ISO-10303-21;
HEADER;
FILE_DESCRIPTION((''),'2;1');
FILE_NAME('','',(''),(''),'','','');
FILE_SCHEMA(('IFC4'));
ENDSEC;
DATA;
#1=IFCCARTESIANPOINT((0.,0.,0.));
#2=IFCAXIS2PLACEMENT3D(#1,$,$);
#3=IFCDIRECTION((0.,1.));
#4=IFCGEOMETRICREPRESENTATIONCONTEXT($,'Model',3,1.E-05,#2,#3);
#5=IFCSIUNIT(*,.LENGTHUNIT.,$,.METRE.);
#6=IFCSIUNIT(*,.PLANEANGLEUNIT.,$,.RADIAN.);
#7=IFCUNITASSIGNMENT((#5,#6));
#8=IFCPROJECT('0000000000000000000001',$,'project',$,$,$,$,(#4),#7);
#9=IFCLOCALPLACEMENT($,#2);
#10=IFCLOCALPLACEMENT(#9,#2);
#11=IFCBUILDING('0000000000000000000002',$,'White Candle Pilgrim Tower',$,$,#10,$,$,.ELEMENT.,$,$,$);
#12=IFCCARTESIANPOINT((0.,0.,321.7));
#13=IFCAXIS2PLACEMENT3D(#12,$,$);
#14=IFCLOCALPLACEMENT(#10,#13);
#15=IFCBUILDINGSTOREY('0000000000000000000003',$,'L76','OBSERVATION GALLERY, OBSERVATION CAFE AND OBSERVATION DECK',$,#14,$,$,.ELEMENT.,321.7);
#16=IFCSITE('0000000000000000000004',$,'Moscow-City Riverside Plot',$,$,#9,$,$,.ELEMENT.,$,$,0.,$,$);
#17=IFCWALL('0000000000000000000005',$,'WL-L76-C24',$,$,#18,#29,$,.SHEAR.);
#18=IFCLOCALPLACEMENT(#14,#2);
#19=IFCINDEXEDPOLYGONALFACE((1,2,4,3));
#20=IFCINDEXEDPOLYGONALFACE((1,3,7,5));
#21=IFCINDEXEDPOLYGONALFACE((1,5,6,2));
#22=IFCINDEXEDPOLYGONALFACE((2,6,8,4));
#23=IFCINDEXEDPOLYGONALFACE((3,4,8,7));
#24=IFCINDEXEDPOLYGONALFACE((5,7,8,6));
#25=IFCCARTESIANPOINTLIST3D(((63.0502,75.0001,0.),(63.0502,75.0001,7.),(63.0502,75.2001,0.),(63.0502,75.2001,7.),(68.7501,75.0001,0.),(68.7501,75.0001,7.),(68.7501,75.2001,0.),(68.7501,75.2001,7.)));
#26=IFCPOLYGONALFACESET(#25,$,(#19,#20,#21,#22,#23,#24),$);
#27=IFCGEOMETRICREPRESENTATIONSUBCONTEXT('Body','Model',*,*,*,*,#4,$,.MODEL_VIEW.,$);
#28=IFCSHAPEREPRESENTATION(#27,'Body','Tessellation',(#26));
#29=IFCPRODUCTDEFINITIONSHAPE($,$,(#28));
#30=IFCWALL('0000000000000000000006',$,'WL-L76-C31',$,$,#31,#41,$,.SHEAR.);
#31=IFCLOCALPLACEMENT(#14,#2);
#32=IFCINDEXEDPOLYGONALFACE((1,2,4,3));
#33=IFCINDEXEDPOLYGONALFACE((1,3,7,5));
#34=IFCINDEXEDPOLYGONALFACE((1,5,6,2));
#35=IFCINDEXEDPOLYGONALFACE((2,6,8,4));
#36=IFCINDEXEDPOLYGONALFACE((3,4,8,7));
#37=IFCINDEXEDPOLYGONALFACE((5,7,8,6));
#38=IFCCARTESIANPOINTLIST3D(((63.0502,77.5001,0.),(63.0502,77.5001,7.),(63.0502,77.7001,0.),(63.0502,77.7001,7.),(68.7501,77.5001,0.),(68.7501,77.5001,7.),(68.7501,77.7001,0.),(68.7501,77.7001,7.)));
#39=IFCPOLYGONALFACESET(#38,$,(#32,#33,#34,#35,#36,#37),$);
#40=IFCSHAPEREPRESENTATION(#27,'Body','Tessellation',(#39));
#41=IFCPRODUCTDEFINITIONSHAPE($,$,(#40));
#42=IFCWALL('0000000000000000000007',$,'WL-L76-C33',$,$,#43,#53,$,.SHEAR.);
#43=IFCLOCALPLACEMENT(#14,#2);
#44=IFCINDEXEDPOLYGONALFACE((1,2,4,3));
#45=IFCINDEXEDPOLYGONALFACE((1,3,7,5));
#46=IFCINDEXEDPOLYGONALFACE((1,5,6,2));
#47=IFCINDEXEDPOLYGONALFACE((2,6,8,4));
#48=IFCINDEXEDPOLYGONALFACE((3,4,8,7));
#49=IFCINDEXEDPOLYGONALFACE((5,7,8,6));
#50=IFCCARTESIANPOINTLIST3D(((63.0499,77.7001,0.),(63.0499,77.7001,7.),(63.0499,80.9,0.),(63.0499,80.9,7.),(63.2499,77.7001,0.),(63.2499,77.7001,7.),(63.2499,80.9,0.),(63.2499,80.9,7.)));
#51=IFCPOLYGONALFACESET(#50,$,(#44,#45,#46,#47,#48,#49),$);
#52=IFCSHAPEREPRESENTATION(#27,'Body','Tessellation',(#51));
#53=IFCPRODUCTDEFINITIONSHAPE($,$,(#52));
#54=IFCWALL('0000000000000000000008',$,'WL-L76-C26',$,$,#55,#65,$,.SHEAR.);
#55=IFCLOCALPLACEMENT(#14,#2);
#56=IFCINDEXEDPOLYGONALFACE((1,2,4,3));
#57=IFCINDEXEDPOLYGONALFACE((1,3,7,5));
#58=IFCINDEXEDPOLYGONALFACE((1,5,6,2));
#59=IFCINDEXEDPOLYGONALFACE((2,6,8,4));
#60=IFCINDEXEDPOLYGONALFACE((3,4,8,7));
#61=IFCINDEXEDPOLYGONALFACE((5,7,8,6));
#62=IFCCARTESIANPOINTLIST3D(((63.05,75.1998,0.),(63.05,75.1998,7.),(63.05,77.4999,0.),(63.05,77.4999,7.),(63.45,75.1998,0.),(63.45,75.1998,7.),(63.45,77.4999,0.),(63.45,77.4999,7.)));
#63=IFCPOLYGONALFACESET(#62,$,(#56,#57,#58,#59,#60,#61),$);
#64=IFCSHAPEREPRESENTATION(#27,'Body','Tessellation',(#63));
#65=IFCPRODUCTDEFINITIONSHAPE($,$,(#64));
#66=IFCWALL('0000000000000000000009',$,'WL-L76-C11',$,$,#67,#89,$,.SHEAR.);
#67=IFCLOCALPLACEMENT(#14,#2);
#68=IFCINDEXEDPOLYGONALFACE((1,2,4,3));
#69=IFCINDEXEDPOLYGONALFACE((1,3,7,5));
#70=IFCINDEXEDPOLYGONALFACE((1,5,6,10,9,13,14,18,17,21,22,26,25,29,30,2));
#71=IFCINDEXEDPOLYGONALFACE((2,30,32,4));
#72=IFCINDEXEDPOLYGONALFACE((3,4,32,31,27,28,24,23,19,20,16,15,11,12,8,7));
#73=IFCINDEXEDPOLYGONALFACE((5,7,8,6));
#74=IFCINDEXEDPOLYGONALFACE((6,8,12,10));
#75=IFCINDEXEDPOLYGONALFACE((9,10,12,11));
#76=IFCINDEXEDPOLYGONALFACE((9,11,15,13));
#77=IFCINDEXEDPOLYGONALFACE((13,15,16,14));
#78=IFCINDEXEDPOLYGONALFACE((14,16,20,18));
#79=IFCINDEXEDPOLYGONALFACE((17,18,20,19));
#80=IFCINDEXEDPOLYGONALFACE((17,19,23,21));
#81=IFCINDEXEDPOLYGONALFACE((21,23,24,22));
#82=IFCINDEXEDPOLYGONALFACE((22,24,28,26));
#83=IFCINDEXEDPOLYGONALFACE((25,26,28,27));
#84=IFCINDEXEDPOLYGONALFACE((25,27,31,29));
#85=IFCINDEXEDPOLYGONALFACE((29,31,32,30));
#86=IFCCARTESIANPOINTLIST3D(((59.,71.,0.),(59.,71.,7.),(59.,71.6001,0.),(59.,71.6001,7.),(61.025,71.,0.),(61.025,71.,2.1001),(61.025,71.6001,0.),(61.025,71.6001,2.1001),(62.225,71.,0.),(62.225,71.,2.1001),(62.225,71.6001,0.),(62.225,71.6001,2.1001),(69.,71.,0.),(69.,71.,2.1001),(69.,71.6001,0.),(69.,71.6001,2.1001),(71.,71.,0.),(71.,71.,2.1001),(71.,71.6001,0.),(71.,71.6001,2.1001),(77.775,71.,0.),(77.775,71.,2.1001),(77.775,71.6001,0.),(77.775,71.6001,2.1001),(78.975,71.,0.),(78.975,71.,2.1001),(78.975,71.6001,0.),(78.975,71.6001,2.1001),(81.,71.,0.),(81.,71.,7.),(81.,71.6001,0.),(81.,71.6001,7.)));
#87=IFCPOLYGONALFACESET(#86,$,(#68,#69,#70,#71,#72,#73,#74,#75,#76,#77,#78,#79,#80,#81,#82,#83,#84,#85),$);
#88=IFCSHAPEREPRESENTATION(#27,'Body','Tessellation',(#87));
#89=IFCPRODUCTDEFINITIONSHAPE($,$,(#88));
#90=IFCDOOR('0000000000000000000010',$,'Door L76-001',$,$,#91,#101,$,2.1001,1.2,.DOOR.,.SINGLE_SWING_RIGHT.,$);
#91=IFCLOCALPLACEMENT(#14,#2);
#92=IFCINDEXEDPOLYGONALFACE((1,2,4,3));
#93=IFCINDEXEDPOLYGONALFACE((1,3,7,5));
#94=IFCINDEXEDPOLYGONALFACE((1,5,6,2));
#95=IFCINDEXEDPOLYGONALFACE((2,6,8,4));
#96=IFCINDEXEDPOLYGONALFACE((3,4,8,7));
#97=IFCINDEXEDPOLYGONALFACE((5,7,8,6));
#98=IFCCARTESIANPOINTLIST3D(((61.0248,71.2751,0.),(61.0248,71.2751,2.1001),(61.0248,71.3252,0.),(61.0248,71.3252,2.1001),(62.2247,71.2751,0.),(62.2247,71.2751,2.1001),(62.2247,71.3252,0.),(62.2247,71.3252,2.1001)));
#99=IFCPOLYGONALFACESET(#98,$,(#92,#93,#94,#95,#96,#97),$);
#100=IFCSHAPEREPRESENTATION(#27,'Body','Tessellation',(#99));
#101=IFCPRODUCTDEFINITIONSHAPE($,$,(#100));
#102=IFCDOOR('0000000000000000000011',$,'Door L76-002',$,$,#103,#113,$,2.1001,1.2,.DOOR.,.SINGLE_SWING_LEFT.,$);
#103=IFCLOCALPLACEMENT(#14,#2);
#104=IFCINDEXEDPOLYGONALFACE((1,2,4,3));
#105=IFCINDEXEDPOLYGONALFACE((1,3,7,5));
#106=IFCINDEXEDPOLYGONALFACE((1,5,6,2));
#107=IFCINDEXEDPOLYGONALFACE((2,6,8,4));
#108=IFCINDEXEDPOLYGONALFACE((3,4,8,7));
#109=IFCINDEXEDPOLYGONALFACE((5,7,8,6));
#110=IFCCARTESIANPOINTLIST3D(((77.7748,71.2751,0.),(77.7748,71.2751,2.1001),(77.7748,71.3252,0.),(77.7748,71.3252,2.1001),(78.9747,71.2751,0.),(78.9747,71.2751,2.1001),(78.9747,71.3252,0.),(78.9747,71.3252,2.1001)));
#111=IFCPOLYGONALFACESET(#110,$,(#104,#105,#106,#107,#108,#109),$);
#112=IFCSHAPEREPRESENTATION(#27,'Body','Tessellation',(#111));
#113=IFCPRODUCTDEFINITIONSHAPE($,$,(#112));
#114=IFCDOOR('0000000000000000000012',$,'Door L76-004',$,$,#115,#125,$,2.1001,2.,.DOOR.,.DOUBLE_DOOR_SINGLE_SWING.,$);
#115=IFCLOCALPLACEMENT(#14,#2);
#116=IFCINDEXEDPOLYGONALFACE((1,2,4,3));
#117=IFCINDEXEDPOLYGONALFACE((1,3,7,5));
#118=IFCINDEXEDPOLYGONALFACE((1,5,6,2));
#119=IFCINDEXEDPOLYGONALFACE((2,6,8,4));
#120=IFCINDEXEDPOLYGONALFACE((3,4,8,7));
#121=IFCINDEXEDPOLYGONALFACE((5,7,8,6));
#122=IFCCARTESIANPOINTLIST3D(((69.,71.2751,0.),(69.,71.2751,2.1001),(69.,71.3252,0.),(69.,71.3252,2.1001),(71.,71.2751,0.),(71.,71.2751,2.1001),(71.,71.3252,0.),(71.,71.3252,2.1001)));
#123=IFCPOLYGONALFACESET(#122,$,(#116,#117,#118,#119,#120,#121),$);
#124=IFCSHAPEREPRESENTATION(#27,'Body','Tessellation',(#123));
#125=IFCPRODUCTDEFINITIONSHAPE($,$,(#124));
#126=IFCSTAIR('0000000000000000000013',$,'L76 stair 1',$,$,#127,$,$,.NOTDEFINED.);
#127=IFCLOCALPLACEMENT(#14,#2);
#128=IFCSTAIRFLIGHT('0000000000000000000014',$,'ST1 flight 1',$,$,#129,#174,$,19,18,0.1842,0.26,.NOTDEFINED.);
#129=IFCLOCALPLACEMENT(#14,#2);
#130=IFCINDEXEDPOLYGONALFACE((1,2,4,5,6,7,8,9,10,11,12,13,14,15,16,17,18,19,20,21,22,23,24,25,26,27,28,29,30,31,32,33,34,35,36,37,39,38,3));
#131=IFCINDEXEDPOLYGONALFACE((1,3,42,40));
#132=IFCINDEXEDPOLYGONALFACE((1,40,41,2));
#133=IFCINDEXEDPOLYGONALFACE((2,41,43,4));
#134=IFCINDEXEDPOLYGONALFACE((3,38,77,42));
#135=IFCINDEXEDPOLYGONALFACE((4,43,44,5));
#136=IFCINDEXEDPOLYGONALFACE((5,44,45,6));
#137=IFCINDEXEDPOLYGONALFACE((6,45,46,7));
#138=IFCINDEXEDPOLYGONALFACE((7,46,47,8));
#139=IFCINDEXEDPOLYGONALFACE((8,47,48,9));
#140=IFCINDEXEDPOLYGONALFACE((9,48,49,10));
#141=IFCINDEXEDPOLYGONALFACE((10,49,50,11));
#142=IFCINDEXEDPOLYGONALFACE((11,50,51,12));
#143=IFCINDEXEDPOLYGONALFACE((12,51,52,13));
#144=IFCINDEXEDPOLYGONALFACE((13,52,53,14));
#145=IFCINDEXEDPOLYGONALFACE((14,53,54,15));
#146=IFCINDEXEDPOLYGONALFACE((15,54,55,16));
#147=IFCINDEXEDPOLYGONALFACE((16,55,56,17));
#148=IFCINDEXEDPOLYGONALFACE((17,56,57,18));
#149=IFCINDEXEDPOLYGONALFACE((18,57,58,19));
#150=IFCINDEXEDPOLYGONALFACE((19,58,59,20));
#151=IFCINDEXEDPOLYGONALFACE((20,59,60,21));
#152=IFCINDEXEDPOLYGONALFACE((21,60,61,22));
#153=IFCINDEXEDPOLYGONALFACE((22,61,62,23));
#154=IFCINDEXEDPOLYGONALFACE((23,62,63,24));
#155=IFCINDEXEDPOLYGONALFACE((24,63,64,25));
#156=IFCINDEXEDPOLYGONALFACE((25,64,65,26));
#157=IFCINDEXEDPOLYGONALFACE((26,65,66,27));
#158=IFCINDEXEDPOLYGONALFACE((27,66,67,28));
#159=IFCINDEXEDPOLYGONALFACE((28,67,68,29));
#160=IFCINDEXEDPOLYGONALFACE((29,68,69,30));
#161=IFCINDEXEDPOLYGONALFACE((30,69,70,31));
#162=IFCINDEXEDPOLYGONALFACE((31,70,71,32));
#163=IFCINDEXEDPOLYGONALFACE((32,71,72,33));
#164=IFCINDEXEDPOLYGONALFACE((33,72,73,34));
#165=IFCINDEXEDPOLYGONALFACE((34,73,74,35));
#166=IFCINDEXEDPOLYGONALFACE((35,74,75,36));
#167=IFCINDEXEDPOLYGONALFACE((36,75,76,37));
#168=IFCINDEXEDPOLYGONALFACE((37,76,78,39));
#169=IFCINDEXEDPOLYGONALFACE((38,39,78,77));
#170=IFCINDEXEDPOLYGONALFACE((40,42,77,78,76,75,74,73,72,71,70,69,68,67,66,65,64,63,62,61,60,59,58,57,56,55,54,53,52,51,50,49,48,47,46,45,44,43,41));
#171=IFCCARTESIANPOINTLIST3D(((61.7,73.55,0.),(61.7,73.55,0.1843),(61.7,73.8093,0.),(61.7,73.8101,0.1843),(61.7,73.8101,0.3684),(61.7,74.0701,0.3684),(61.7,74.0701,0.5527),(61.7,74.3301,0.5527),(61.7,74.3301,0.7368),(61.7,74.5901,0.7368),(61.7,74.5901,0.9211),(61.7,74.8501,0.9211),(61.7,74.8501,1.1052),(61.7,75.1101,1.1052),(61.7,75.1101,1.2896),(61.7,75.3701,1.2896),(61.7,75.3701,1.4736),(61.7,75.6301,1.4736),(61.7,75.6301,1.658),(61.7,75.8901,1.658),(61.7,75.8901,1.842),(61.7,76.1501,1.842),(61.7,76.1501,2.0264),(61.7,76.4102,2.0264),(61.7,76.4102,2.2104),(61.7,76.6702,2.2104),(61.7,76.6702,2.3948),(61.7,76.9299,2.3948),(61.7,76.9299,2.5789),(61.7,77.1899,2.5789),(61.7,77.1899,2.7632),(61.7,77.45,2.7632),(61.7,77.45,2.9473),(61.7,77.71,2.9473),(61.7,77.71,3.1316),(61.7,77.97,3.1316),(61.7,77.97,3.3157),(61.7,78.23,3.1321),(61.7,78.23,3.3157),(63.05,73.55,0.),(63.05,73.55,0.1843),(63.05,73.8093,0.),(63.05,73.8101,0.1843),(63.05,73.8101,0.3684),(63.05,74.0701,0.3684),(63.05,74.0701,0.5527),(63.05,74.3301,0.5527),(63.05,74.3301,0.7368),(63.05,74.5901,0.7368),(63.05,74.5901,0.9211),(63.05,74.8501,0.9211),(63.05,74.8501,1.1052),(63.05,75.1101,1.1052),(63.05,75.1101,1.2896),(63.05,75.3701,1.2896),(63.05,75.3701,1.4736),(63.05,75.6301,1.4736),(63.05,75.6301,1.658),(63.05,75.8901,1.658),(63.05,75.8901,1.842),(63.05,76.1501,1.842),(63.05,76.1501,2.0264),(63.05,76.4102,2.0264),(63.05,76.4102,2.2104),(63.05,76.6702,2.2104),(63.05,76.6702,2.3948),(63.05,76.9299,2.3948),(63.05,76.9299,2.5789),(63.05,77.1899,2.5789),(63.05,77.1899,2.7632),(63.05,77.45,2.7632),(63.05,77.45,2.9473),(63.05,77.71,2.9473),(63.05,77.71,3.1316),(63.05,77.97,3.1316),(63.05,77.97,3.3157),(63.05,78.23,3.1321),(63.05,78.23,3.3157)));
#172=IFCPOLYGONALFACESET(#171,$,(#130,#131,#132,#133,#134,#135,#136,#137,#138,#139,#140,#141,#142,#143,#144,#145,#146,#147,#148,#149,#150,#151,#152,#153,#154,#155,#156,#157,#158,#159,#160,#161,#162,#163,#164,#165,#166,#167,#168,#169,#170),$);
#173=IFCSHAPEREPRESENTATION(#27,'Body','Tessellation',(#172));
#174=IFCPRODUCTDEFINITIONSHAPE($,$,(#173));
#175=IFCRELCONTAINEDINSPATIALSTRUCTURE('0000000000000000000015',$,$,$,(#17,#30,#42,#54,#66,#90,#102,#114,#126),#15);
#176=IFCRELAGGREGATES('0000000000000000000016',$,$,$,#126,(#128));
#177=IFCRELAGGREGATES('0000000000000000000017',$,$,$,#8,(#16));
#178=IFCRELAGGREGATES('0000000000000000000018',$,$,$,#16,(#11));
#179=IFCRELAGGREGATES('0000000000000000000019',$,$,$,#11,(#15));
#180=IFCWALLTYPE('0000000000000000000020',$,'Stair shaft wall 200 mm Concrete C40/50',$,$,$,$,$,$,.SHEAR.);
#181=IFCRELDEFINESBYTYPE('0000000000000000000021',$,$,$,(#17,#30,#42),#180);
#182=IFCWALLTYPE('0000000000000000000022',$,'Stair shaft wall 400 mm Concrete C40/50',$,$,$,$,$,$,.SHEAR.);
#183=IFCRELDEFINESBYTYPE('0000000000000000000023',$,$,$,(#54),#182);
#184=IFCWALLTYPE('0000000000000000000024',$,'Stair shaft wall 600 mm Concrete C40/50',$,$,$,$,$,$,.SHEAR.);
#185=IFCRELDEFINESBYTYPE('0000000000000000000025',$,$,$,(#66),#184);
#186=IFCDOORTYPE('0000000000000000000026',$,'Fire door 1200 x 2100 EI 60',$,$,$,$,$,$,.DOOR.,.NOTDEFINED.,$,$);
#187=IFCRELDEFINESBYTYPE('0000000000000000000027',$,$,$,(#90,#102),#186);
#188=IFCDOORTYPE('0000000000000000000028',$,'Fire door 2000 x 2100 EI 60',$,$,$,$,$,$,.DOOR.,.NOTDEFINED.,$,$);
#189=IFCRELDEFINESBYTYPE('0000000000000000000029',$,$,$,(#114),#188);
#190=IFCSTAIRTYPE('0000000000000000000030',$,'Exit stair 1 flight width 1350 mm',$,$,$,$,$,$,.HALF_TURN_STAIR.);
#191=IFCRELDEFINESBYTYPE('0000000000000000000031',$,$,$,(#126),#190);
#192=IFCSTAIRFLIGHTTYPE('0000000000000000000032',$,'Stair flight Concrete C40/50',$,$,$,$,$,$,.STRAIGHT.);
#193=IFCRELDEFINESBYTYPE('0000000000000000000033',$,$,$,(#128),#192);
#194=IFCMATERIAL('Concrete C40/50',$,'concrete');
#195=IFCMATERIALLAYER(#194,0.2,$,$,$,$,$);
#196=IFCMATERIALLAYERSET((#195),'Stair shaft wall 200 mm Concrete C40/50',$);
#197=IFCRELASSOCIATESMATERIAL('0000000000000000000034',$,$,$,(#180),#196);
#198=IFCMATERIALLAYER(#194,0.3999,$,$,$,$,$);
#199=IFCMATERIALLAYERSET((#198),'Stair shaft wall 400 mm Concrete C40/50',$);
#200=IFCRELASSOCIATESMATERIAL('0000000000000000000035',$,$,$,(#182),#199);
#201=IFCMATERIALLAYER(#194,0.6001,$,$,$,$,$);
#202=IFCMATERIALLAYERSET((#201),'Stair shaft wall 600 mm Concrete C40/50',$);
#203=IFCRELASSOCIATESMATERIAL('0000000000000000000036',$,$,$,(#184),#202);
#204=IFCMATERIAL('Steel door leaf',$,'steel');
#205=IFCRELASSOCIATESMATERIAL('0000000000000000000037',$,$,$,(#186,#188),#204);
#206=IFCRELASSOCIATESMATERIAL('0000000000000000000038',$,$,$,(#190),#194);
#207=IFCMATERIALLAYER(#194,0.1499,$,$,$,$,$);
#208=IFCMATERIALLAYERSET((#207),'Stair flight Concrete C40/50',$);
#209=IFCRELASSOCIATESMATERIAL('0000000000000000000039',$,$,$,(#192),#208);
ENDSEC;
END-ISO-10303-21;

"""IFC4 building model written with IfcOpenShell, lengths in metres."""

from ifc_helpers import new_model, si_unit, direction, frame, frame_2d, origin, place, context, subcontext, project, spatial, polyline, rectangle, outline, extrude, material, layer, layer_set, type_object, element, fill, aggregate, save


model = new_model("IFC4")

# Units and contexts
model_context = context("Model", 3, precision=1e-05, world=origin(), true_north=direction((0.0, 1.0)))
body_context = subcontext(model_context, "Body", "Model", "MODEL_VIEW")
ifc_project = project(units=[si_unit("LENGTHUNIT", "METRE"), si_unit("PLANEANGLEUNIT", "RADIAN")], contexts=[model_context])

# Site, building, storey
site_placement = place(None, origin())
site = spatial("IfcSite", under=ifc_project, at=site_placement, Name="Moscow-City Riverside Plot", CompositionType="ELEMENT", RefElevation=0.0)
building_placement = place(site_placement, origin())
building = spatial("IfcBuilding", under=site, at=building_placement, Name="White Candle Pilgrim Tower", CompositionType="ELEMENT")
storey_placement = place(building_placement, frame((0.0, 0.0, 321.7)))
storey = spatial("IfcBuildingStorey", under=building, at=storey_placement, Name="L76", Description="OBSERVATION GALLERY, OBSERVATION CAFE AND OBSERVATION DECK", CompositionType="ELEMENT", Elevation=321.7)

# Shared definitions
ifc_material_1 = material(Name="Steel door leaf", Category="steel")

# Walls
ifc_material_2 = material(Name="Concrete C40/50", Category="concrete")
ifc_layer_1 = layer(ifc_material_2, 0.2)
ifc_layer_set_1 = layer_set([ifc_layer_1], Name="Stair shaft wall 200 mm Concrete C40/50")
wall_type_1 = type_object("IfcWallType", Name="Stair shaft wall 200 mm Concrete C40/50", PredefinedType="SHEAR", material=ifc_layer_set_1)
for number, where, z_axis, x_axis, name in (
    (1, (63.05, 75.1001, 0.0), (0.0, 0.0, 1.0), (1.0, 0.0, 0.0), "WL-L76-C24"),
    (2, (63.05, 77.6001, 0.0), (0.0, 0.0, 1.0), (1.0, 0.0, 0.0), "WL-L76-C31"),
):
    element("IfcWall", number, at=place(storey_placement, frame(where, z_axis=z_axis, x_axis=x_axis)), inside=storey, type_object=wall_type_1, Name=name, PredefinedType="SHEAR", context=body_context, shape_type="SweptSolid", body=[
        extrude(rectangle(XDim=5.7, YDim=0.2, at=frame_2d((2.8501, 0.0))), origin(), (0.0, 0.0, 1.0), 7.0),
    ])
wall_1_placement = place(storey_placement, frame((63.1499, 77.7, 0.0), z_axis=(0.0, 0.0, 1.0), x_axis=(0.0, 1.0, 0.0)))
element("IfcWall", 3, at=wall_1_placement, inside=storey, type_object=wall_type_1, Name="WL-L76-C33", PredefinedType="SHEAR", context=body_context, shape_type="SweptSolid", body=[
    extrude(rectangle(XDim=3.2, YDim=0.2, at=frame_2d((1.6001, 0.0))), origin(), (0.0, 0.0, 1.0), 7.0),
])
ifc_layer_2 = layer(ifc_material_2, 0.3999)
ifc_layer_set_2 = layer_set([ifc_layer_2], Name="Stair shaft wall 400 mm Concrete C40/50")
wall_type_2 = type_object("IfcWallType", Name="Stair shaft wall 400 mm Concrete C40/50", PredefinedType="SHEAR", material=ifc_layer_set_2)
wall_2_placement = place(storey_placement, frame((63.25, 75.2, 0.0), z_axis=(0.0, 0.0, 1.0), x_axis=(0.0, 1.0, 0.0)))
element("IfcWall", 4, at=wall_2_placement, inside=storey, type_object=wall_type_2, Name="WL-L76-C26", PredefinedType="SHEAR", context=body_context, shape_type="SweptSolid", body=[
    extrude(rectangle(XDim=2.3, YDim=0.3999, at=frame_2d((1.1499, 0.0))), origin(), (0.0, 0.0, 1.0), 7.0),
])

# Wall, openings, doors
ifc_layer_3 = layer(ifc_material_2, 0.6001)
ifc_layer_set_3 = layer_set([ifc_layer_3], Name="Stair shaft wall 600 mm Concrete C40/50")
wall_type_3 = type_object("IfcWallType", Name="Stair shaft wall 600 mm Concrete C40/50", PredefinedType="SHEAR", material=ifc_layer_set_3)
wall_3_placement = place(storey_placement, frame((59.0, 71.3, 0.0), z_axis=(0.0, 0.0, 1.0), x_axis=(1.0, 0.0, 0.0)))
wall_3 = element("IfcWall", 5, at=wall_3_placement, inside=storey, type_object=wall_type_3, Name="WL-L76-C11", PredefinedType="SHEAR", context=body_context, shape_type="SweptSolid", body=[
    extrude(rectangle(XDim=22.0, YDim=0.6001, at=frame_2d((11.0, 0.0))), origin(), (0.0, 0.0, 1.0), 7.0),
])
opening_1_placement = place(wall_3_placement, frame((2.0249, 0.0, 0.0)))
opening_1 = element("IfcOpeningElement", 6, at=opening_1_placement, cuts=wall_3, PredefinedType="OPENING", context=body_context, shape_type="SweptSolid", body=[
    extrude(rectangle(XDim=1.2, YDim=2.1001, at=frame_2d((0.6001, 1.05))), frame((0.0, 0.3101, 0.0), z_axis=(0.0, -1.0, 0.0), x_axis=(1.0, 0.0, 0.0)), (0.0, 0.0, 1.0), 0.6201),
])
opening_2_placement = place(wall_3_placement, frame((18.7749, 0.0, 0.0)))
opening_2 = element("IfcOpeningElement", 7, at=opening_2_placement, cuts=wall_3, PredefinedType="OPENING", context=body_context, shape_type="SweptSolid", body=[
    extrude(rectangle(XDim=1.2, YDim=2.1001, at=frame_2d((0.6001, 1.05))), frame((0.0, 0.3101, 0.0), z_axis=(0.0, -1.0, 0.0), x_axis=(1.0, 0.0, 0.0)), (0.0, 0.0, 1.0), 0.6201),
])
opening_3_placement = place(wall_3_placement, frame((10.0, 0.0, 0.0)))
opening_3 = element("IfcOpeningElement", 8, at=opening_3_placement, cuts=wall_3, PredefinedType="OPENING", context=body_context, shape_type="SweptSolid", body=[
    extrude(rectangle(XDim=2.0, YDim=2.1001, at=frame_2d((1.0, 1.05))), frame((0.0, 0.3101, 0.0), z_axis=(0.0, -1.0, 0.0), x_axis=(1.0, 0.0, 0.0)), (0.0, 0.0, 1.0), 0.6201),
])
door_type_1 = type_object("IfcDoorType", Name="Fire door 1200 x 2100 EI 60", OperationType="NOTDEFINED", PredefinedType="DOOR", material=ifc_material_1)
door_1_placement = place(opening_1_placement, frame((1.2, 0.0, 0.0), z_axis=(0.0, 0.0, 1.0), x_axis=(-1.0, 0.0, 0.0)))
door_1 = element("IfcDoor", 9, at=door_1_placement, inside=storey, type_object=door_type_1, Name="Door L76-001", OperationType="SINGLE_SWING_RIGHT", OverallHeight=2.1001, OverallWidth=1.2, PredefinedType="DOOR", context=body_context, shape_type="SweptSolid", body=[
    extrude(rectangle(XDim=1.2, YDim=2.1001, at=frame_2d((0.6001, 1.05))), frame((0.0, 0.0249, 0.0), z_axis=(0.0, -1.0, 0.0), x_axis=(1.0, 0.0, 0.0)), (0.0, 0.0, 1.0), 0.05),
])
fill(opening_1, door_1)
door_2_placement = place(opening_2_placement, frame((1.2, 0.0, 0.0), z_axis=(0.0, 0.0, 1.0), x_axis=(-1.0, 0.0, 0.0)))
door_2 = element("IfcDoor", 10, at=door_2_placement, inside=storey, type_object=door_type_1, Name="Door L76-002", OperationType="SINGLE_SWING_LEFT", OverallHeight=2.1001, OverallWidth=1.2, PredefinedType="DOOR", context=body_context, shape_type="SweptSolid", body=[
    extrude(rectangle(XDim=1.2, YDim=2.1001, at=frame_2d((0.6001, 1.05))), frame((0.0, 0.0249, 0.0), z_axis=(0.0, -1.0, 0.0), x_axis=(1.0, 0.0, 0.0)), (0.0, 0.0, 1.0), 0.05),
])
fill(opening_2, door_2)
door_type_2 = type_object("IfcDoorType", Name="Fire door 2000 x 2100 EI 60", OperationType="NOTDEFINED", PredefinedType="DOOR", material=ifc_material_1)
door_3_placement = place(opening_3_placement, frame((2.0, 0.0, 0.0), z_axis=(0.0, 0.0, 1.0), x_axis=(-1.0, 0.0, 0.0)))
door_3 = element("IfcDoor", 11, at=door_3_placement, inside=storey, type_object=door_type_2, Name="Door L76-004", OperationType="DOUBLE_DOOR_SINGLE_SWING", OverallHeight=2.1001, OverallWidth=2.0, PredefinedType="DOOR", context=body_context, shape_type="SweptSolid", body=[
    extrude(rectangle(XDim=2.0, YDim=2.1001, at=frame_2d((1.0, 1.05))), frame((0.0, 0.0249, 0.0), z_axis=(0.0, -1.0, 0.0), x_axis=(1.0, 0.0, 0.0)), (0.0, 0.0, 1.0), 0.05),
])
fill(opening_3, door_3)

# Stair, stair flight
stair_type = type_object("IfcStairType", Name="Exit stair 1 flight width 1350 mm", PredefinedType="HALF_TURN_STAIR", material=ifc_material_2)
stair_placement = place(storey_placement, origin())
stair = element("IfcStair", 12, at=stair_placement, inside=storey, type_object=stair_type, Name="L76 stair 1", PredefinedType="NOTDEFINED")
ifc_layer_4 = layer(ifc_material_2, 0.1499)
ifc_layer_set_4 = layer_set([ifc_layer_4], Name="Stair flight Concrete C40/50")
stair_flight_type = type_object("IfcStairFlightType", Name="Stair flight Concrete C40/50", PredefinedType="STRAIGHT", material=ifc_layer_set_4)
stair_flight_1_placement = place(storey_placement, frame((62.375, 73.55, 0.0), z_axis=(0.0, 0.0, 1.0), x_axis=(0.0, 1.0, 0.0)))
stair_flight_1 = element("IfcStairFlight", 13, at=stair_flight_1_placement, type_object=stair_flight_type, Name="ST1 flight 1", NumberOfRisers=19, NumberOfTreads=18, PredefinedType="NOTDEFINED", RiserHeight=0.1842, TreadLength=0.26, context=body_context, shape_type="SweptSolid", body=[
    extrude(outline(polyline([(0.0, 0.0), (0.0, 0.1843), (0.26, 0.1843), (0.26, 0.3684), (0.52, 0.3684), (0.52, 0.5527), (0.78, 0.5527), (0.78, 0.7368), (1.04, 0.7368), (1.04, 0.9211), (1.3, 0.9211), (1.3, 1.1052), (1.5601, 1.1052), (1.5601, 1.2896), (1.8201, 1.2896), (1.8201, 1.4736), (2.0801, 1.4736), (2.0801, 1.658), (2.3401, 1.658), (2.3401, 1.842), (2.6001, 1.842), (2.6001, 2.0264), (2.8601, 2.0264), (2.8601, 2.2104), (3.1201, 2.2104), (3.1201, 2.3948), (3.3799, 2.3948), (3.3799, 2.5789), (3.6399, 2.5789), (3.6399, 2.7632), (3.8999, 2.7632), (3.8999, 2.9473), (4.1599, 2.9473), (4.1599, 3.1316), (4.4199, 3.1316), (4.4199, 3.3157), (4.6799, 3.3157), (4.6799, 3.5), (4.6799, 3.1321), (0.2593, 0.0), (0.0, 0.0)])), frame((0.0, 0.675, 0.0), z_axis=(0.0, -1.0, 0.0), x_axis=(1.0, 0.0, 0.0)), (0.0, 0.0, 1.0), 1.3501),
])
aggregate(stair, [stair_flight_1])

save(model, "model.ifc")
